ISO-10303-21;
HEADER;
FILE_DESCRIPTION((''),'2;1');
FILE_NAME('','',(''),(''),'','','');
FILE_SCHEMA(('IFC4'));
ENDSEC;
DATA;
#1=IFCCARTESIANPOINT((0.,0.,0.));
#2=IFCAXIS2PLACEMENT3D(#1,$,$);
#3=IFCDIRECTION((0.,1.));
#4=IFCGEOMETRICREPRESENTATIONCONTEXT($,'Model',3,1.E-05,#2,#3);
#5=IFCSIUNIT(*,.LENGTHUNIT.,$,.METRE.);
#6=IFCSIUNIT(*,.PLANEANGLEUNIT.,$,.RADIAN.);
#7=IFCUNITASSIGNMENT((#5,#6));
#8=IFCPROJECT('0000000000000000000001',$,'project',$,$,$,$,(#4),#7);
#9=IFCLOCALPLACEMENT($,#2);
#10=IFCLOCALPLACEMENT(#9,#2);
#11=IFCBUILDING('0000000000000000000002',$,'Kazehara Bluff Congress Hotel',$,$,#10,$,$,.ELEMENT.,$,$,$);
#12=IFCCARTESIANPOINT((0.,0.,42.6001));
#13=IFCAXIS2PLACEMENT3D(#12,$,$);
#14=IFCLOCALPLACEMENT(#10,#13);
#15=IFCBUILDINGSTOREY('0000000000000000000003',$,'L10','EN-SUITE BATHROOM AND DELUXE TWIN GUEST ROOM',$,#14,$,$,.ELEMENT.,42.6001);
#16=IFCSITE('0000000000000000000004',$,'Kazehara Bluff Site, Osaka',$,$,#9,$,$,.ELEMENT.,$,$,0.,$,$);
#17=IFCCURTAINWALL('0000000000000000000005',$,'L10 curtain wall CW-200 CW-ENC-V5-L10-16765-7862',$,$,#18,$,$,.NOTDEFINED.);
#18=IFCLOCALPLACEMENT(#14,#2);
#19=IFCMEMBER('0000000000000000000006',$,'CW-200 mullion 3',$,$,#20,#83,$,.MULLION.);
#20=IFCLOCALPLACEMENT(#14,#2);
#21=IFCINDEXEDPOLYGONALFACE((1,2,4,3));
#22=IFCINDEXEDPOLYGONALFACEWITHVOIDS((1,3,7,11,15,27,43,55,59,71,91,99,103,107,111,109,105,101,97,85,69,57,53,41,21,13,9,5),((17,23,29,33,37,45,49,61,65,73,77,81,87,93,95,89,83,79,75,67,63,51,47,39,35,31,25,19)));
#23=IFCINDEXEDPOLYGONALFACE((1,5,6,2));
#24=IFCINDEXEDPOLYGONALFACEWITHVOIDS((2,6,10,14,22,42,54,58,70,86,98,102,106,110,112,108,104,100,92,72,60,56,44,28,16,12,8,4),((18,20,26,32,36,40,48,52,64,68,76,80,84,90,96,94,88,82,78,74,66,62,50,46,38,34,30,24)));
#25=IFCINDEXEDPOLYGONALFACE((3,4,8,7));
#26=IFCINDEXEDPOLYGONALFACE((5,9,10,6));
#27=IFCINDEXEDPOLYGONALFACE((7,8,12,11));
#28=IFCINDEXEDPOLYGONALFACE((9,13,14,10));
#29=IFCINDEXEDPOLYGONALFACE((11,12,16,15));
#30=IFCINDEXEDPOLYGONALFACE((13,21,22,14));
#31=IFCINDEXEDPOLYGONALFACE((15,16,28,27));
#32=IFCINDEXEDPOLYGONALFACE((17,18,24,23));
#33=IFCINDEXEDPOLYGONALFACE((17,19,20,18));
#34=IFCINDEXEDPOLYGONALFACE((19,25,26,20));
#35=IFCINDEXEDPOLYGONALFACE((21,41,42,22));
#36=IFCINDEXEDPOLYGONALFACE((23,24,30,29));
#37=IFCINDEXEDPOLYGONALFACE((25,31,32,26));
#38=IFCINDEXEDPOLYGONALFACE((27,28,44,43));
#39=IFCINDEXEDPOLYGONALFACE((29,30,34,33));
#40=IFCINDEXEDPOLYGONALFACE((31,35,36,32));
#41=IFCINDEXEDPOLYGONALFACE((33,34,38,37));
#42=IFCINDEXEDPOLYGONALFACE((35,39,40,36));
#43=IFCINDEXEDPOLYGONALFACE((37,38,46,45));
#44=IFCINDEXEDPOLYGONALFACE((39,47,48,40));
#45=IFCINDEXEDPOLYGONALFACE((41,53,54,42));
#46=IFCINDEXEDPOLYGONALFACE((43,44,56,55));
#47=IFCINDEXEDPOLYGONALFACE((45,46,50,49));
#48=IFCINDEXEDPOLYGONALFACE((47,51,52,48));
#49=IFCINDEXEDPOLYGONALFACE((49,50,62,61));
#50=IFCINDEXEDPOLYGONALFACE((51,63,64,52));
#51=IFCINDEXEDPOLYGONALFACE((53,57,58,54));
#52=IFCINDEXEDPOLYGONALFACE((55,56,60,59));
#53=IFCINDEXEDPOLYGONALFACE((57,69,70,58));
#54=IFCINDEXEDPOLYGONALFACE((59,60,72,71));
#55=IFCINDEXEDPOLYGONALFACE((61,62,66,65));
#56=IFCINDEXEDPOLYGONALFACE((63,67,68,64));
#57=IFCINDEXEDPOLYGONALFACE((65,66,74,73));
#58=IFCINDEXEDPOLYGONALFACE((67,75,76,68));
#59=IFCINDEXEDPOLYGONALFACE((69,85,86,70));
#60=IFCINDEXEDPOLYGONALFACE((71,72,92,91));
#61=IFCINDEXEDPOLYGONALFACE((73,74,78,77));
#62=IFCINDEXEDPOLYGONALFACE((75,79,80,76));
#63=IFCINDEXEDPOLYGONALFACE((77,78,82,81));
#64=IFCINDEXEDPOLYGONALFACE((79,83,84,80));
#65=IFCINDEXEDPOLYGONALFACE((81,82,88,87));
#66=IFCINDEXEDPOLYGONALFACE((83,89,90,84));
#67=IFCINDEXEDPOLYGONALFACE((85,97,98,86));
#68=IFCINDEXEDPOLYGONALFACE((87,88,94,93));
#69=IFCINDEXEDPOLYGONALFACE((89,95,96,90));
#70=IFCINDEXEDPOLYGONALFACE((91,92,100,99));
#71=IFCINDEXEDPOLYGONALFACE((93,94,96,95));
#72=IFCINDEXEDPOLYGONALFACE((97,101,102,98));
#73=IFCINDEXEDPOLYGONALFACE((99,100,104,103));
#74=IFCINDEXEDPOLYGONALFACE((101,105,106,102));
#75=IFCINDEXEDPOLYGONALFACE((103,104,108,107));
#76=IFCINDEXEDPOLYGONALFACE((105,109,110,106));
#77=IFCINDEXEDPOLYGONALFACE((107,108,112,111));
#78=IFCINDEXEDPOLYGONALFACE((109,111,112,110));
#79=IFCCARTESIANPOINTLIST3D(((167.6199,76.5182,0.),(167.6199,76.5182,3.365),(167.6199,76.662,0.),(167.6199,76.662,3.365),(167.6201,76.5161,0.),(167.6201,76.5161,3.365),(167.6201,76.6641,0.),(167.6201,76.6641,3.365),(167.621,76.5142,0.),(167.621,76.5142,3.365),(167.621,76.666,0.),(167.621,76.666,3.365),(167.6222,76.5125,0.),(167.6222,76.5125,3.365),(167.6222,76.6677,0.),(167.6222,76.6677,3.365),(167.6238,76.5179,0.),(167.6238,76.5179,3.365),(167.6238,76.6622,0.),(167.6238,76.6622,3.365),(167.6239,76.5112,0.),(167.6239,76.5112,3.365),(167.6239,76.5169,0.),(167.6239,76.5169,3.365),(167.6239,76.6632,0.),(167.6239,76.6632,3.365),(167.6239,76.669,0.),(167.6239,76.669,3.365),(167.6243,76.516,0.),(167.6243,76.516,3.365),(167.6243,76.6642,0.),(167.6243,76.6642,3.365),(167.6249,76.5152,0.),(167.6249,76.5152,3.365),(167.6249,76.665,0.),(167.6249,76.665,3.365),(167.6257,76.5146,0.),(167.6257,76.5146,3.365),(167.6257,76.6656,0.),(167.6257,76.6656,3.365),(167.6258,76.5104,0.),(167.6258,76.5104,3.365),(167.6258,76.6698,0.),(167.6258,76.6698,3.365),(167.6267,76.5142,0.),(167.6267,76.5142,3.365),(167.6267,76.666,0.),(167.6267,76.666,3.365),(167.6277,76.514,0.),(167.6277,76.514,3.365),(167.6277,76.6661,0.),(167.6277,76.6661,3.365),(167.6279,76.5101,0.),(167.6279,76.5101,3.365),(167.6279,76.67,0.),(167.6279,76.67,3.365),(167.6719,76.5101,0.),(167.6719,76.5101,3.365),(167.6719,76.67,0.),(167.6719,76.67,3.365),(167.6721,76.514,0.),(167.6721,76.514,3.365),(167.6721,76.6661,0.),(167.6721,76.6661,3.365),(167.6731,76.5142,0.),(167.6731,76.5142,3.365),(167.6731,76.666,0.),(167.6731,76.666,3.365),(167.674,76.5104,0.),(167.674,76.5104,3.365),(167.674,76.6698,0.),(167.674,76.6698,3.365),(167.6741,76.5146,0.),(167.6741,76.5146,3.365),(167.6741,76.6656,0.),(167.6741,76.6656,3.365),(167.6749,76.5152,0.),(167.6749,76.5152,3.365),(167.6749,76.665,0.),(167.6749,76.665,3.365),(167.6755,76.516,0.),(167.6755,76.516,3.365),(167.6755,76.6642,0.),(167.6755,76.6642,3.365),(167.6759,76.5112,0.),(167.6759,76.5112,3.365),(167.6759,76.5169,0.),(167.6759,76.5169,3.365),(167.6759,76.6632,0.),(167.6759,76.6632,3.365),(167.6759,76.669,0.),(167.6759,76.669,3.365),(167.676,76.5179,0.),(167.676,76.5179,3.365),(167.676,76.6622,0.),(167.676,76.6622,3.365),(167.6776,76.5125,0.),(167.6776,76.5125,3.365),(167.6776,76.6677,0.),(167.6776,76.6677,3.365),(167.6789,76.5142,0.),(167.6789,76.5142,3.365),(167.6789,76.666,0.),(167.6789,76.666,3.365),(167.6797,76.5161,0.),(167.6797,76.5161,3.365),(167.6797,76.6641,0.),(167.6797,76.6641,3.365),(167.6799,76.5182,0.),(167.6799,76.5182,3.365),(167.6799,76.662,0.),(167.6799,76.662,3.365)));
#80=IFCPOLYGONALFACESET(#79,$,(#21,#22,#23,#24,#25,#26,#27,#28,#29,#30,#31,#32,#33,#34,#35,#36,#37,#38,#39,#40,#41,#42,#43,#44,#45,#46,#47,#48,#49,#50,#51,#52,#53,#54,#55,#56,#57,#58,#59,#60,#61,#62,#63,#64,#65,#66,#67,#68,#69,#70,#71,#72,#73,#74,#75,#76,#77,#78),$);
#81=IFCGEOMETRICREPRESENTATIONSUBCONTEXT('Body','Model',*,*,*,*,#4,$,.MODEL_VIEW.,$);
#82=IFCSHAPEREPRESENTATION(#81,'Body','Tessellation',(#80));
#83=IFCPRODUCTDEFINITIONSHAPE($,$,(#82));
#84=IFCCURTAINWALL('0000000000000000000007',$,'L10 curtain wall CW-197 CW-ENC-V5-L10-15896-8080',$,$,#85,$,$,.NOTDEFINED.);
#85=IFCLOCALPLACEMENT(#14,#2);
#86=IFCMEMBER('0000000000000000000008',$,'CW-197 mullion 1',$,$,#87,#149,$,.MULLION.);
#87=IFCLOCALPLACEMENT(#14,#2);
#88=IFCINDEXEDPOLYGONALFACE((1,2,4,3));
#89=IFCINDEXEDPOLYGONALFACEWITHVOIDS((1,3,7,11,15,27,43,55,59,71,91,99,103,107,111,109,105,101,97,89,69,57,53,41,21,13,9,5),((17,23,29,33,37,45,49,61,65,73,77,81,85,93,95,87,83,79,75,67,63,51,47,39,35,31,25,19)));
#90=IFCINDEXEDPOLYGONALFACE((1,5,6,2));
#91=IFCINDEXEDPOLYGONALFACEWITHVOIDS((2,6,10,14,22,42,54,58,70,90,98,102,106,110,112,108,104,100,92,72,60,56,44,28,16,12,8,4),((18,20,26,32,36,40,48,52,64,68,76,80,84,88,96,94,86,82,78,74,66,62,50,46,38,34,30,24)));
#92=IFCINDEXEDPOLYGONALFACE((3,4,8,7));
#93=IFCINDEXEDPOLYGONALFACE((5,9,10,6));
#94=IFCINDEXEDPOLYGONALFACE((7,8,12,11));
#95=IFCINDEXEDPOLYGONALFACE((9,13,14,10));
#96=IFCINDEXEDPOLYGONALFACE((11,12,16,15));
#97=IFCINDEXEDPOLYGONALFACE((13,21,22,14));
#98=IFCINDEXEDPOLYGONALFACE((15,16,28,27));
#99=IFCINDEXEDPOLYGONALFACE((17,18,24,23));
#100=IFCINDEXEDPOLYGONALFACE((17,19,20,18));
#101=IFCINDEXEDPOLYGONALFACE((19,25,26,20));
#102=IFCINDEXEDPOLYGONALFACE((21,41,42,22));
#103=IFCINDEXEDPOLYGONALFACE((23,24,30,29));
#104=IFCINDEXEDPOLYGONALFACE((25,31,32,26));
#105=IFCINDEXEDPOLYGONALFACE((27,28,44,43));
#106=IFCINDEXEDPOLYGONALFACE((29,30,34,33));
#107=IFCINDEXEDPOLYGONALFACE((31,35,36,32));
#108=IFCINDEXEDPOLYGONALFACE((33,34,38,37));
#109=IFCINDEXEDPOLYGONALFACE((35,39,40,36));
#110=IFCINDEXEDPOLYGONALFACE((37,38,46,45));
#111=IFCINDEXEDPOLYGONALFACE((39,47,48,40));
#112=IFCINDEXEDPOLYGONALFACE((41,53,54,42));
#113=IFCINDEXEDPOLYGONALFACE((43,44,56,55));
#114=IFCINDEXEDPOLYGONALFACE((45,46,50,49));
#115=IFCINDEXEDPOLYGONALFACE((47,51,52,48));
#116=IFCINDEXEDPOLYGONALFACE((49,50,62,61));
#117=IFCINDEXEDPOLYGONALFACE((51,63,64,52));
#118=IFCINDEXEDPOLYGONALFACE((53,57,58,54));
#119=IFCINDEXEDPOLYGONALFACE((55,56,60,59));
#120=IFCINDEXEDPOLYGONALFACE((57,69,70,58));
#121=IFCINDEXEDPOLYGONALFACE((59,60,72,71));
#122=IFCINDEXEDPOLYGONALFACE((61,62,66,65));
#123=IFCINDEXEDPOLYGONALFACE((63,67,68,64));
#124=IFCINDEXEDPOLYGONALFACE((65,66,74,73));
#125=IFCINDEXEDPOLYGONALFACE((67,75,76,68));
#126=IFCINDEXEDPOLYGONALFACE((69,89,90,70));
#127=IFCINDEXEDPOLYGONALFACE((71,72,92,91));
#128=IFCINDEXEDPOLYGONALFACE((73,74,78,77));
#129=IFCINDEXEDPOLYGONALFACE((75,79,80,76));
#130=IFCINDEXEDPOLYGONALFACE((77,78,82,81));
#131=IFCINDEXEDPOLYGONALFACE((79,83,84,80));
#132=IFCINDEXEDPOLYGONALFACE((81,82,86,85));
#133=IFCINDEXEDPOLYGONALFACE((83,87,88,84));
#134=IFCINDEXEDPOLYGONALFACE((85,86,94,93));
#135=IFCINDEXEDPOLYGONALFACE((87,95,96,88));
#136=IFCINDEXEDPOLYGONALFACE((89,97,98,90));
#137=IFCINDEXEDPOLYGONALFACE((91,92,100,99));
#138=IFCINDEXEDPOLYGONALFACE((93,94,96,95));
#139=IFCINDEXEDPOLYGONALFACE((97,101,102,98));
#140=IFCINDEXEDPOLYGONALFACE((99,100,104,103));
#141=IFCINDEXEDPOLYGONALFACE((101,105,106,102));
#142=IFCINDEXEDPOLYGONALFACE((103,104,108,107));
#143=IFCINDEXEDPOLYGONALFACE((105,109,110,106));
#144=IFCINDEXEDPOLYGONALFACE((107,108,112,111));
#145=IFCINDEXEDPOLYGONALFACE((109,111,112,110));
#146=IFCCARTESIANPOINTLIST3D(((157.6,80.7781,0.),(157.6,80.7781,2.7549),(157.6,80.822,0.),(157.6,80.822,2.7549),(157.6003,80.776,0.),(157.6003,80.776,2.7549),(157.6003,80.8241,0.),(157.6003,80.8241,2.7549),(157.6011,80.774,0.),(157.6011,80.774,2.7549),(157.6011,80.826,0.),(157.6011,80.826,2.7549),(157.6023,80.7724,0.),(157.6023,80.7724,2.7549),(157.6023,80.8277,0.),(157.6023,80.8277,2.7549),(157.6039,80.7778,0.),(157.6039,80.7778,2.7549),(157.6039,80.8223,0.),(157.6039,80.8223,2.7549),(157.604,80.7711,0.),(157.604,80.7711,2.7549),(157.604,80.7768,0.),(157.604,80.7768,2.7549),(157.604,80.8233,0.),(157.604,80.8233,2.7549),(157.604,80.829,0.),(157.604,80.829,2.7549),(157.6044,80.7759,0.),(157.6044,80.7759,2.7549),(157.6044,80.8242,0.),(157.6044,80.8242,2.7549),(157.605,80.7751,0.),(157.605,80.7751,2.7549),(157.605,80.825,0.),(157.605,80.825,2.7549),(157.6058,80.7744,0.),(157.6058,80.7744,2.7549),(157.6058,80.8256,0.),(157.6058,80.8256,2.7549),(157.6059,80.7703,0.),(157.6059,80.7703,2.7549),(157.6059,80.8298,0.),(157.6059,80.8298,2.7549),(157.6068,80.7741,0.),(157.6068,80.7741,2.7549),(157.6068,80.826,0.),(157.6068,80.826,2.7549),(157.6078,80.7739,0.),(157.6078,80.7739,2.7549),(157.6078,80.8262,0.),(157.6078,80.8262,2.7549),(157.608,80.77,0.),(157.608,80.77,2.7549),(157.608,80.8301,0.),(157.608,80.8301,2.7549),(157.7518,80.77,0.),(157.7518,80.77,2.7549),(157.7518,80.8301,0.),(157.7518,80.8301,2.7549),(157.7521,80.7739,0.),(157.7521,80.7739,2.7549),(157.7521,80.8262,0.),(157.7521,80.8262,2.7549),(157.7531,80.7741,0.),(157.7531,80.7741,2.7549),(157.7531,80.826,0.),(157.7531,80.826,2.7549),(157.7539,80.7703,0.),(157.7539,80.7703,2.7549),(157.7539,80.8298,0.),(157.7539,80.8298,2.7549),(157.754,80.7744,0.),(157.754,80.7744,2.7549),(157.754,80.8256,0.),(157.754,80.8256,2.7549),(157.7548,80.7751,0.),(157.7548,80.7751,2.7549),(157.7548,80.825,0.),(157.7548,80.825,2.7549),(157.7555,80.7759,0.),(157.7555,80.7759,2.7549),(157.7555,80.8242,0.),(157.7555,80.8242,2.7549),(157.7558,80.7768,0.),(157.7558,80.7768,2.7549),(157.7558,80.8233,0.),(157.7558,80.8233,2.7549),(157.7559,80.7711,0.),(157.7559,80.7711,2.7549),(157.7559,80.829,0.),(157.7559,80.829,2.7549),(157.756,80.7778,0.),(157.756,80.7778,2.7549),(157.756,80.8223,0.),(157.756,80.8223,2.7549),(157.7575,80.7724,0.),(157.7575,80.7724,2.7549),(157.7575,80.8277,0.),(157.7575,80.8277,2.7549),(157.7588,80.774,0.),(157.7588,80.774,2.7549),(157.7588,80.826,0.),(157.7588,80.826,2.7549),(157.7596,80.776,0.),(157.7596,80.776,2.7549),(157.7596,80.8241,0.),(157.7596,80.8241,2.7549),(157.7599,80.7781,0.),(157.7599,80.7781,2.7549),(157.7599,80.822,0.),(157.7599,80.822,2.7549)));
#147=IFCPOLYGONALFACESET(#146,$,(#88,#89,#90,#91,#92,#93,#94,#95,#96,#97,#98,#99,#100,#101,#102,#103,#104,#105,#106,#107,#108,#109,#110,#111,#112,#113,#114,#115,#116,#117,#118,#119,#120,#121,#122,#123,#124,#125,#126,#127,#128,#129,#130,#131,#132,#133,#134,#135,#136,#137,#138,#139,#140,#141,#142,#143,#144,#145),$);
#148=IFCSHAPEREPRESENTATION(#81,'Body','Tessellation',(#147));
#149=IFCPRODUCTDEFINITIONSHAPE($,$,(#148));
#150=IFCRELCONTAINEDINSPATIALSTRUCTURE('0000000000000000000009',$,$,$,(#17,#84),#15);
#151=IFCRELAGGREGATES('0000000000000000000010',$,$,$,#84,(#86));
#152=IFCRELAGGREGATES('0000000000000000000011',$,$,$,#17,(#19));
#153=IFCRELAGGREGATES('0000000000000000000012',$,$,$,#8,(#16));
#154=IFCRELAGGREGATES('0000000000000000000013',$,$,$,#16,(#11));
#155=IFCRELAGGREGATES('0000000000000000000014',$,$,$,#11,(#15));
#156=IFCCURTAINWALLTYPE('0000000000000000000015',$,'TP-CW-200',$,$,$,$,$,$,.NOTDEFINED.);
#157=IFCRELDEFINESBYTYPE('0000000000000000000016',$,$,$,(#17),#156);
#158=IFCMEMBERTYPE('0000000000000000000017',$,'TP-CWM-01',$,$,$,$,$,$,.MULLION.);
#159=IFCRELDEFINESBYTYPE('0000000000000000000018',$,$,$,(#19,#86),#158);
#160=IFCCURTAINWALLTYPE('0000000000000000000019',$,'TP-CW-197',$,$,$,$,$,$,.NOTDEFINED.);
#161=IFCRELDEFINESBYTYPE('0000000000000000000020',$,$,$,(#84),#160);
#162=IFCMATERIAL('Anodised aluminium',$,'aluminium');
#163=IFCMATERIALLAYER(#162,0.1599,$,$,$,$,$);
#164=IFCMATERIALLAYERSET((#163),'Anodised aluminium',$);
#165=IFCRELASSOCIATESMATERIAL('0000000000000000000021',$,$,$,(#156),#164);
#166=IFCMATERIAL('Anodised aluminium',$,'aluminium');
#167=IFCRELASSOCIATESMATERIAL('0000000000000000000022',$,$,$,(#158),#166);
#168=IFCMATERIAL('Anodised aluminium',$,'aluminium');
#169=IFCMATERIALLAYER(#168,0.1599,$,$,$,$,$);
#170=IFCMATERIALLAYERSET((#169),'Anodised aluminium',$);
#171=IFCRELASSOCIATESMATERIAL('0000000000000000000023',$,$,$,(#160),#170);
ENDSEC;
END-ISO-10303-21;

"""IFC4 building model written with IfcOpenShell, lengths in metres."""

from ifc_helpers import new_model, si_unit, direction, frame, origin, origin_2d, place, context, subcontext, project, spatial, hollow_rectangle, extrude, material, layer, layer_set, material_profile, profile_set, type_object, element, aggregate, save


model = new_model("IFC4")

# Units and contexts
model_context = context("Model", 3, precision=1e-05, world=origin(), true_north=direction((0.0, 1.0)))
body_context = subcontext(model_context, "Body", "Model", "MODEL_VIEW")
ifc_project = project(units=[si_unit("LENGTHUNIT", "METRE"), si_unit("PLANEANGLEUNIT", "RADIAN")], contexts=[model_context])

# Site, building, storey
site_placement = place(None, origin())
site = spatial("IfcSite", under=ifc_project, at=site_placement, Name="Kazehara Bluff Site, Osaka", CompositionType="ELEMENT", RefElevation=0.0)
building_placement = place(site_placement, origin())
building = spatial("IfcBuilding", under=site, at=building_placement, Name="Kazehara Bluff Congress Hotel", CompositionType="ELEMENT")
storey_placement = place(building_placement, frame((0.0, 0.0, 42.6001)))
storey = spatial("IfcBuildingStorey", under=building, at=storey_placement, Name="L10", Description="EN-SUITE BATHROOM AND DELUXE TWIN GUEST ROOM", CompositionType="ELEMENT", Elevation=42.6001)

# Curtain wall, member
ifc_material_1 = material(Name="Anodised aluminium", Category="aluminium")
ifc_layer_1 = layer(ifc_material_1, 0.1599)
ifc_layer_set_1 = layer_set([ifc_layer_1], Name="Anodised aluminium")
curtain_wall_type_1 = type_object("IfcCurtainWallType", Name="TP-CW-200", PredefinedType="NOTDEFINED", material=ifc_layer_set_1)
curtain_wall_1_placement = place(storey_placement, origin())
curtain_wall_1 = element("IfcCurtainWall", 1, at=curtain_wall_1_placement, inside=storey, type_object=curtain_wall_type_1, Name="L10 curtain wall CW-200 CW-ENC-V5-L10-16765-7862", PredefinedType="NOTDEFINED")
ifc_material_2 = material(Name="Anodised aluminium", Category="aluminium")
ifc_material_profile_1 = material_profile(ifc_material_2, hollow_rectangle(XDim=0.0601, YDim=0.1599, WallThickness=0.0039, InnerFilletRadius=0.0039, OuterFilletRadius=0.0081, at=origin_2d()))
ifc_profile_set_1 = profile_set([ifc_material_profile_1], Name="Anodised aluminium")
member_type_1 = type_object("IfcMemberType", Name="TP-CWM-01", PredefinedType="MULLION", material=ifc_profile_set_1)
member_1_placement = place(storey_placement, frame((167.6499, 76.5901, 0.0), z_axis=(0.0, 0.0, 1.0), x_axis=(1.0, 0.0, 0.0)))
member_1 = element("IfcMember", 2, at=member_1_placement, type_object=member_type_1, Name="CW-200 mullion 3", PredefinedType="MULLION", context=body_context, shape_type="SweptSolid", body=[
    extrude(hollow_rectangle(XDim=0.0601, YDim=0.1599, WallThickness=0.0039, InnerFilletRadius=0.0039, OuterFilletRadius=0.0081, at=origin_2d()), origin(), (0.0, 0.0, 1.0), 3.365),
])

# Curtain wall, member
ifc_material_3 = material(Name="Anodised aluminium", Category="aluminium")
ifc_layer_2 = layer(ifc_material_3, 0.1599)
ifc_layer_set_2 = layer_set([ifc_layer_2], Name="Anodised aluminium")
curtain_wall_type_2 = type_object("IfcCurtainWallType", Name="TP-CW-197", PredefinedType="NOTDEFINED", material=ifc_layer_set_2)
curtain_wall_2_placement = place(storey_placement, origin())
curtain_wall_2 = element("IfcCurtainWall", 3, at=curtain_wall_2_placement, inside=storey, type_object=curtain_wall_type_2, Name="L10 curtain wall CW-197 CW-ENC-V5-L10-15896-8080", PredefinedType="NOTDEFINED")
member_2_placement = place(storey_placement, frame((157.6799, 80.8, 0.0), z_axis=(0.0, 0.0, 1.0), x_axis=(0.0, 1.0, 0.0)))
member_2 = element("IfcMember", 4, at=member_2_placement, type_object=member_type_1, Name="CW-197 mullion 1", PredefinedType="MULLION", context=body_context, shape_type="SweptSolid", body=[
    extrude(hollow_rectangle(XDim=0.0601, YDim=0.1599, WallThickness=0.0039, InnerFilletRadius=0.0039, OuterFilletRadius=0.0081, at=origin_2d()), origin(), (0.0, 0.0, 1.0), 2.7549),
])

aggregate(curtain_wall_2, [member_2])

aggregate(curtain_wall_1, [member_1])

save(model, "model.ifc")
